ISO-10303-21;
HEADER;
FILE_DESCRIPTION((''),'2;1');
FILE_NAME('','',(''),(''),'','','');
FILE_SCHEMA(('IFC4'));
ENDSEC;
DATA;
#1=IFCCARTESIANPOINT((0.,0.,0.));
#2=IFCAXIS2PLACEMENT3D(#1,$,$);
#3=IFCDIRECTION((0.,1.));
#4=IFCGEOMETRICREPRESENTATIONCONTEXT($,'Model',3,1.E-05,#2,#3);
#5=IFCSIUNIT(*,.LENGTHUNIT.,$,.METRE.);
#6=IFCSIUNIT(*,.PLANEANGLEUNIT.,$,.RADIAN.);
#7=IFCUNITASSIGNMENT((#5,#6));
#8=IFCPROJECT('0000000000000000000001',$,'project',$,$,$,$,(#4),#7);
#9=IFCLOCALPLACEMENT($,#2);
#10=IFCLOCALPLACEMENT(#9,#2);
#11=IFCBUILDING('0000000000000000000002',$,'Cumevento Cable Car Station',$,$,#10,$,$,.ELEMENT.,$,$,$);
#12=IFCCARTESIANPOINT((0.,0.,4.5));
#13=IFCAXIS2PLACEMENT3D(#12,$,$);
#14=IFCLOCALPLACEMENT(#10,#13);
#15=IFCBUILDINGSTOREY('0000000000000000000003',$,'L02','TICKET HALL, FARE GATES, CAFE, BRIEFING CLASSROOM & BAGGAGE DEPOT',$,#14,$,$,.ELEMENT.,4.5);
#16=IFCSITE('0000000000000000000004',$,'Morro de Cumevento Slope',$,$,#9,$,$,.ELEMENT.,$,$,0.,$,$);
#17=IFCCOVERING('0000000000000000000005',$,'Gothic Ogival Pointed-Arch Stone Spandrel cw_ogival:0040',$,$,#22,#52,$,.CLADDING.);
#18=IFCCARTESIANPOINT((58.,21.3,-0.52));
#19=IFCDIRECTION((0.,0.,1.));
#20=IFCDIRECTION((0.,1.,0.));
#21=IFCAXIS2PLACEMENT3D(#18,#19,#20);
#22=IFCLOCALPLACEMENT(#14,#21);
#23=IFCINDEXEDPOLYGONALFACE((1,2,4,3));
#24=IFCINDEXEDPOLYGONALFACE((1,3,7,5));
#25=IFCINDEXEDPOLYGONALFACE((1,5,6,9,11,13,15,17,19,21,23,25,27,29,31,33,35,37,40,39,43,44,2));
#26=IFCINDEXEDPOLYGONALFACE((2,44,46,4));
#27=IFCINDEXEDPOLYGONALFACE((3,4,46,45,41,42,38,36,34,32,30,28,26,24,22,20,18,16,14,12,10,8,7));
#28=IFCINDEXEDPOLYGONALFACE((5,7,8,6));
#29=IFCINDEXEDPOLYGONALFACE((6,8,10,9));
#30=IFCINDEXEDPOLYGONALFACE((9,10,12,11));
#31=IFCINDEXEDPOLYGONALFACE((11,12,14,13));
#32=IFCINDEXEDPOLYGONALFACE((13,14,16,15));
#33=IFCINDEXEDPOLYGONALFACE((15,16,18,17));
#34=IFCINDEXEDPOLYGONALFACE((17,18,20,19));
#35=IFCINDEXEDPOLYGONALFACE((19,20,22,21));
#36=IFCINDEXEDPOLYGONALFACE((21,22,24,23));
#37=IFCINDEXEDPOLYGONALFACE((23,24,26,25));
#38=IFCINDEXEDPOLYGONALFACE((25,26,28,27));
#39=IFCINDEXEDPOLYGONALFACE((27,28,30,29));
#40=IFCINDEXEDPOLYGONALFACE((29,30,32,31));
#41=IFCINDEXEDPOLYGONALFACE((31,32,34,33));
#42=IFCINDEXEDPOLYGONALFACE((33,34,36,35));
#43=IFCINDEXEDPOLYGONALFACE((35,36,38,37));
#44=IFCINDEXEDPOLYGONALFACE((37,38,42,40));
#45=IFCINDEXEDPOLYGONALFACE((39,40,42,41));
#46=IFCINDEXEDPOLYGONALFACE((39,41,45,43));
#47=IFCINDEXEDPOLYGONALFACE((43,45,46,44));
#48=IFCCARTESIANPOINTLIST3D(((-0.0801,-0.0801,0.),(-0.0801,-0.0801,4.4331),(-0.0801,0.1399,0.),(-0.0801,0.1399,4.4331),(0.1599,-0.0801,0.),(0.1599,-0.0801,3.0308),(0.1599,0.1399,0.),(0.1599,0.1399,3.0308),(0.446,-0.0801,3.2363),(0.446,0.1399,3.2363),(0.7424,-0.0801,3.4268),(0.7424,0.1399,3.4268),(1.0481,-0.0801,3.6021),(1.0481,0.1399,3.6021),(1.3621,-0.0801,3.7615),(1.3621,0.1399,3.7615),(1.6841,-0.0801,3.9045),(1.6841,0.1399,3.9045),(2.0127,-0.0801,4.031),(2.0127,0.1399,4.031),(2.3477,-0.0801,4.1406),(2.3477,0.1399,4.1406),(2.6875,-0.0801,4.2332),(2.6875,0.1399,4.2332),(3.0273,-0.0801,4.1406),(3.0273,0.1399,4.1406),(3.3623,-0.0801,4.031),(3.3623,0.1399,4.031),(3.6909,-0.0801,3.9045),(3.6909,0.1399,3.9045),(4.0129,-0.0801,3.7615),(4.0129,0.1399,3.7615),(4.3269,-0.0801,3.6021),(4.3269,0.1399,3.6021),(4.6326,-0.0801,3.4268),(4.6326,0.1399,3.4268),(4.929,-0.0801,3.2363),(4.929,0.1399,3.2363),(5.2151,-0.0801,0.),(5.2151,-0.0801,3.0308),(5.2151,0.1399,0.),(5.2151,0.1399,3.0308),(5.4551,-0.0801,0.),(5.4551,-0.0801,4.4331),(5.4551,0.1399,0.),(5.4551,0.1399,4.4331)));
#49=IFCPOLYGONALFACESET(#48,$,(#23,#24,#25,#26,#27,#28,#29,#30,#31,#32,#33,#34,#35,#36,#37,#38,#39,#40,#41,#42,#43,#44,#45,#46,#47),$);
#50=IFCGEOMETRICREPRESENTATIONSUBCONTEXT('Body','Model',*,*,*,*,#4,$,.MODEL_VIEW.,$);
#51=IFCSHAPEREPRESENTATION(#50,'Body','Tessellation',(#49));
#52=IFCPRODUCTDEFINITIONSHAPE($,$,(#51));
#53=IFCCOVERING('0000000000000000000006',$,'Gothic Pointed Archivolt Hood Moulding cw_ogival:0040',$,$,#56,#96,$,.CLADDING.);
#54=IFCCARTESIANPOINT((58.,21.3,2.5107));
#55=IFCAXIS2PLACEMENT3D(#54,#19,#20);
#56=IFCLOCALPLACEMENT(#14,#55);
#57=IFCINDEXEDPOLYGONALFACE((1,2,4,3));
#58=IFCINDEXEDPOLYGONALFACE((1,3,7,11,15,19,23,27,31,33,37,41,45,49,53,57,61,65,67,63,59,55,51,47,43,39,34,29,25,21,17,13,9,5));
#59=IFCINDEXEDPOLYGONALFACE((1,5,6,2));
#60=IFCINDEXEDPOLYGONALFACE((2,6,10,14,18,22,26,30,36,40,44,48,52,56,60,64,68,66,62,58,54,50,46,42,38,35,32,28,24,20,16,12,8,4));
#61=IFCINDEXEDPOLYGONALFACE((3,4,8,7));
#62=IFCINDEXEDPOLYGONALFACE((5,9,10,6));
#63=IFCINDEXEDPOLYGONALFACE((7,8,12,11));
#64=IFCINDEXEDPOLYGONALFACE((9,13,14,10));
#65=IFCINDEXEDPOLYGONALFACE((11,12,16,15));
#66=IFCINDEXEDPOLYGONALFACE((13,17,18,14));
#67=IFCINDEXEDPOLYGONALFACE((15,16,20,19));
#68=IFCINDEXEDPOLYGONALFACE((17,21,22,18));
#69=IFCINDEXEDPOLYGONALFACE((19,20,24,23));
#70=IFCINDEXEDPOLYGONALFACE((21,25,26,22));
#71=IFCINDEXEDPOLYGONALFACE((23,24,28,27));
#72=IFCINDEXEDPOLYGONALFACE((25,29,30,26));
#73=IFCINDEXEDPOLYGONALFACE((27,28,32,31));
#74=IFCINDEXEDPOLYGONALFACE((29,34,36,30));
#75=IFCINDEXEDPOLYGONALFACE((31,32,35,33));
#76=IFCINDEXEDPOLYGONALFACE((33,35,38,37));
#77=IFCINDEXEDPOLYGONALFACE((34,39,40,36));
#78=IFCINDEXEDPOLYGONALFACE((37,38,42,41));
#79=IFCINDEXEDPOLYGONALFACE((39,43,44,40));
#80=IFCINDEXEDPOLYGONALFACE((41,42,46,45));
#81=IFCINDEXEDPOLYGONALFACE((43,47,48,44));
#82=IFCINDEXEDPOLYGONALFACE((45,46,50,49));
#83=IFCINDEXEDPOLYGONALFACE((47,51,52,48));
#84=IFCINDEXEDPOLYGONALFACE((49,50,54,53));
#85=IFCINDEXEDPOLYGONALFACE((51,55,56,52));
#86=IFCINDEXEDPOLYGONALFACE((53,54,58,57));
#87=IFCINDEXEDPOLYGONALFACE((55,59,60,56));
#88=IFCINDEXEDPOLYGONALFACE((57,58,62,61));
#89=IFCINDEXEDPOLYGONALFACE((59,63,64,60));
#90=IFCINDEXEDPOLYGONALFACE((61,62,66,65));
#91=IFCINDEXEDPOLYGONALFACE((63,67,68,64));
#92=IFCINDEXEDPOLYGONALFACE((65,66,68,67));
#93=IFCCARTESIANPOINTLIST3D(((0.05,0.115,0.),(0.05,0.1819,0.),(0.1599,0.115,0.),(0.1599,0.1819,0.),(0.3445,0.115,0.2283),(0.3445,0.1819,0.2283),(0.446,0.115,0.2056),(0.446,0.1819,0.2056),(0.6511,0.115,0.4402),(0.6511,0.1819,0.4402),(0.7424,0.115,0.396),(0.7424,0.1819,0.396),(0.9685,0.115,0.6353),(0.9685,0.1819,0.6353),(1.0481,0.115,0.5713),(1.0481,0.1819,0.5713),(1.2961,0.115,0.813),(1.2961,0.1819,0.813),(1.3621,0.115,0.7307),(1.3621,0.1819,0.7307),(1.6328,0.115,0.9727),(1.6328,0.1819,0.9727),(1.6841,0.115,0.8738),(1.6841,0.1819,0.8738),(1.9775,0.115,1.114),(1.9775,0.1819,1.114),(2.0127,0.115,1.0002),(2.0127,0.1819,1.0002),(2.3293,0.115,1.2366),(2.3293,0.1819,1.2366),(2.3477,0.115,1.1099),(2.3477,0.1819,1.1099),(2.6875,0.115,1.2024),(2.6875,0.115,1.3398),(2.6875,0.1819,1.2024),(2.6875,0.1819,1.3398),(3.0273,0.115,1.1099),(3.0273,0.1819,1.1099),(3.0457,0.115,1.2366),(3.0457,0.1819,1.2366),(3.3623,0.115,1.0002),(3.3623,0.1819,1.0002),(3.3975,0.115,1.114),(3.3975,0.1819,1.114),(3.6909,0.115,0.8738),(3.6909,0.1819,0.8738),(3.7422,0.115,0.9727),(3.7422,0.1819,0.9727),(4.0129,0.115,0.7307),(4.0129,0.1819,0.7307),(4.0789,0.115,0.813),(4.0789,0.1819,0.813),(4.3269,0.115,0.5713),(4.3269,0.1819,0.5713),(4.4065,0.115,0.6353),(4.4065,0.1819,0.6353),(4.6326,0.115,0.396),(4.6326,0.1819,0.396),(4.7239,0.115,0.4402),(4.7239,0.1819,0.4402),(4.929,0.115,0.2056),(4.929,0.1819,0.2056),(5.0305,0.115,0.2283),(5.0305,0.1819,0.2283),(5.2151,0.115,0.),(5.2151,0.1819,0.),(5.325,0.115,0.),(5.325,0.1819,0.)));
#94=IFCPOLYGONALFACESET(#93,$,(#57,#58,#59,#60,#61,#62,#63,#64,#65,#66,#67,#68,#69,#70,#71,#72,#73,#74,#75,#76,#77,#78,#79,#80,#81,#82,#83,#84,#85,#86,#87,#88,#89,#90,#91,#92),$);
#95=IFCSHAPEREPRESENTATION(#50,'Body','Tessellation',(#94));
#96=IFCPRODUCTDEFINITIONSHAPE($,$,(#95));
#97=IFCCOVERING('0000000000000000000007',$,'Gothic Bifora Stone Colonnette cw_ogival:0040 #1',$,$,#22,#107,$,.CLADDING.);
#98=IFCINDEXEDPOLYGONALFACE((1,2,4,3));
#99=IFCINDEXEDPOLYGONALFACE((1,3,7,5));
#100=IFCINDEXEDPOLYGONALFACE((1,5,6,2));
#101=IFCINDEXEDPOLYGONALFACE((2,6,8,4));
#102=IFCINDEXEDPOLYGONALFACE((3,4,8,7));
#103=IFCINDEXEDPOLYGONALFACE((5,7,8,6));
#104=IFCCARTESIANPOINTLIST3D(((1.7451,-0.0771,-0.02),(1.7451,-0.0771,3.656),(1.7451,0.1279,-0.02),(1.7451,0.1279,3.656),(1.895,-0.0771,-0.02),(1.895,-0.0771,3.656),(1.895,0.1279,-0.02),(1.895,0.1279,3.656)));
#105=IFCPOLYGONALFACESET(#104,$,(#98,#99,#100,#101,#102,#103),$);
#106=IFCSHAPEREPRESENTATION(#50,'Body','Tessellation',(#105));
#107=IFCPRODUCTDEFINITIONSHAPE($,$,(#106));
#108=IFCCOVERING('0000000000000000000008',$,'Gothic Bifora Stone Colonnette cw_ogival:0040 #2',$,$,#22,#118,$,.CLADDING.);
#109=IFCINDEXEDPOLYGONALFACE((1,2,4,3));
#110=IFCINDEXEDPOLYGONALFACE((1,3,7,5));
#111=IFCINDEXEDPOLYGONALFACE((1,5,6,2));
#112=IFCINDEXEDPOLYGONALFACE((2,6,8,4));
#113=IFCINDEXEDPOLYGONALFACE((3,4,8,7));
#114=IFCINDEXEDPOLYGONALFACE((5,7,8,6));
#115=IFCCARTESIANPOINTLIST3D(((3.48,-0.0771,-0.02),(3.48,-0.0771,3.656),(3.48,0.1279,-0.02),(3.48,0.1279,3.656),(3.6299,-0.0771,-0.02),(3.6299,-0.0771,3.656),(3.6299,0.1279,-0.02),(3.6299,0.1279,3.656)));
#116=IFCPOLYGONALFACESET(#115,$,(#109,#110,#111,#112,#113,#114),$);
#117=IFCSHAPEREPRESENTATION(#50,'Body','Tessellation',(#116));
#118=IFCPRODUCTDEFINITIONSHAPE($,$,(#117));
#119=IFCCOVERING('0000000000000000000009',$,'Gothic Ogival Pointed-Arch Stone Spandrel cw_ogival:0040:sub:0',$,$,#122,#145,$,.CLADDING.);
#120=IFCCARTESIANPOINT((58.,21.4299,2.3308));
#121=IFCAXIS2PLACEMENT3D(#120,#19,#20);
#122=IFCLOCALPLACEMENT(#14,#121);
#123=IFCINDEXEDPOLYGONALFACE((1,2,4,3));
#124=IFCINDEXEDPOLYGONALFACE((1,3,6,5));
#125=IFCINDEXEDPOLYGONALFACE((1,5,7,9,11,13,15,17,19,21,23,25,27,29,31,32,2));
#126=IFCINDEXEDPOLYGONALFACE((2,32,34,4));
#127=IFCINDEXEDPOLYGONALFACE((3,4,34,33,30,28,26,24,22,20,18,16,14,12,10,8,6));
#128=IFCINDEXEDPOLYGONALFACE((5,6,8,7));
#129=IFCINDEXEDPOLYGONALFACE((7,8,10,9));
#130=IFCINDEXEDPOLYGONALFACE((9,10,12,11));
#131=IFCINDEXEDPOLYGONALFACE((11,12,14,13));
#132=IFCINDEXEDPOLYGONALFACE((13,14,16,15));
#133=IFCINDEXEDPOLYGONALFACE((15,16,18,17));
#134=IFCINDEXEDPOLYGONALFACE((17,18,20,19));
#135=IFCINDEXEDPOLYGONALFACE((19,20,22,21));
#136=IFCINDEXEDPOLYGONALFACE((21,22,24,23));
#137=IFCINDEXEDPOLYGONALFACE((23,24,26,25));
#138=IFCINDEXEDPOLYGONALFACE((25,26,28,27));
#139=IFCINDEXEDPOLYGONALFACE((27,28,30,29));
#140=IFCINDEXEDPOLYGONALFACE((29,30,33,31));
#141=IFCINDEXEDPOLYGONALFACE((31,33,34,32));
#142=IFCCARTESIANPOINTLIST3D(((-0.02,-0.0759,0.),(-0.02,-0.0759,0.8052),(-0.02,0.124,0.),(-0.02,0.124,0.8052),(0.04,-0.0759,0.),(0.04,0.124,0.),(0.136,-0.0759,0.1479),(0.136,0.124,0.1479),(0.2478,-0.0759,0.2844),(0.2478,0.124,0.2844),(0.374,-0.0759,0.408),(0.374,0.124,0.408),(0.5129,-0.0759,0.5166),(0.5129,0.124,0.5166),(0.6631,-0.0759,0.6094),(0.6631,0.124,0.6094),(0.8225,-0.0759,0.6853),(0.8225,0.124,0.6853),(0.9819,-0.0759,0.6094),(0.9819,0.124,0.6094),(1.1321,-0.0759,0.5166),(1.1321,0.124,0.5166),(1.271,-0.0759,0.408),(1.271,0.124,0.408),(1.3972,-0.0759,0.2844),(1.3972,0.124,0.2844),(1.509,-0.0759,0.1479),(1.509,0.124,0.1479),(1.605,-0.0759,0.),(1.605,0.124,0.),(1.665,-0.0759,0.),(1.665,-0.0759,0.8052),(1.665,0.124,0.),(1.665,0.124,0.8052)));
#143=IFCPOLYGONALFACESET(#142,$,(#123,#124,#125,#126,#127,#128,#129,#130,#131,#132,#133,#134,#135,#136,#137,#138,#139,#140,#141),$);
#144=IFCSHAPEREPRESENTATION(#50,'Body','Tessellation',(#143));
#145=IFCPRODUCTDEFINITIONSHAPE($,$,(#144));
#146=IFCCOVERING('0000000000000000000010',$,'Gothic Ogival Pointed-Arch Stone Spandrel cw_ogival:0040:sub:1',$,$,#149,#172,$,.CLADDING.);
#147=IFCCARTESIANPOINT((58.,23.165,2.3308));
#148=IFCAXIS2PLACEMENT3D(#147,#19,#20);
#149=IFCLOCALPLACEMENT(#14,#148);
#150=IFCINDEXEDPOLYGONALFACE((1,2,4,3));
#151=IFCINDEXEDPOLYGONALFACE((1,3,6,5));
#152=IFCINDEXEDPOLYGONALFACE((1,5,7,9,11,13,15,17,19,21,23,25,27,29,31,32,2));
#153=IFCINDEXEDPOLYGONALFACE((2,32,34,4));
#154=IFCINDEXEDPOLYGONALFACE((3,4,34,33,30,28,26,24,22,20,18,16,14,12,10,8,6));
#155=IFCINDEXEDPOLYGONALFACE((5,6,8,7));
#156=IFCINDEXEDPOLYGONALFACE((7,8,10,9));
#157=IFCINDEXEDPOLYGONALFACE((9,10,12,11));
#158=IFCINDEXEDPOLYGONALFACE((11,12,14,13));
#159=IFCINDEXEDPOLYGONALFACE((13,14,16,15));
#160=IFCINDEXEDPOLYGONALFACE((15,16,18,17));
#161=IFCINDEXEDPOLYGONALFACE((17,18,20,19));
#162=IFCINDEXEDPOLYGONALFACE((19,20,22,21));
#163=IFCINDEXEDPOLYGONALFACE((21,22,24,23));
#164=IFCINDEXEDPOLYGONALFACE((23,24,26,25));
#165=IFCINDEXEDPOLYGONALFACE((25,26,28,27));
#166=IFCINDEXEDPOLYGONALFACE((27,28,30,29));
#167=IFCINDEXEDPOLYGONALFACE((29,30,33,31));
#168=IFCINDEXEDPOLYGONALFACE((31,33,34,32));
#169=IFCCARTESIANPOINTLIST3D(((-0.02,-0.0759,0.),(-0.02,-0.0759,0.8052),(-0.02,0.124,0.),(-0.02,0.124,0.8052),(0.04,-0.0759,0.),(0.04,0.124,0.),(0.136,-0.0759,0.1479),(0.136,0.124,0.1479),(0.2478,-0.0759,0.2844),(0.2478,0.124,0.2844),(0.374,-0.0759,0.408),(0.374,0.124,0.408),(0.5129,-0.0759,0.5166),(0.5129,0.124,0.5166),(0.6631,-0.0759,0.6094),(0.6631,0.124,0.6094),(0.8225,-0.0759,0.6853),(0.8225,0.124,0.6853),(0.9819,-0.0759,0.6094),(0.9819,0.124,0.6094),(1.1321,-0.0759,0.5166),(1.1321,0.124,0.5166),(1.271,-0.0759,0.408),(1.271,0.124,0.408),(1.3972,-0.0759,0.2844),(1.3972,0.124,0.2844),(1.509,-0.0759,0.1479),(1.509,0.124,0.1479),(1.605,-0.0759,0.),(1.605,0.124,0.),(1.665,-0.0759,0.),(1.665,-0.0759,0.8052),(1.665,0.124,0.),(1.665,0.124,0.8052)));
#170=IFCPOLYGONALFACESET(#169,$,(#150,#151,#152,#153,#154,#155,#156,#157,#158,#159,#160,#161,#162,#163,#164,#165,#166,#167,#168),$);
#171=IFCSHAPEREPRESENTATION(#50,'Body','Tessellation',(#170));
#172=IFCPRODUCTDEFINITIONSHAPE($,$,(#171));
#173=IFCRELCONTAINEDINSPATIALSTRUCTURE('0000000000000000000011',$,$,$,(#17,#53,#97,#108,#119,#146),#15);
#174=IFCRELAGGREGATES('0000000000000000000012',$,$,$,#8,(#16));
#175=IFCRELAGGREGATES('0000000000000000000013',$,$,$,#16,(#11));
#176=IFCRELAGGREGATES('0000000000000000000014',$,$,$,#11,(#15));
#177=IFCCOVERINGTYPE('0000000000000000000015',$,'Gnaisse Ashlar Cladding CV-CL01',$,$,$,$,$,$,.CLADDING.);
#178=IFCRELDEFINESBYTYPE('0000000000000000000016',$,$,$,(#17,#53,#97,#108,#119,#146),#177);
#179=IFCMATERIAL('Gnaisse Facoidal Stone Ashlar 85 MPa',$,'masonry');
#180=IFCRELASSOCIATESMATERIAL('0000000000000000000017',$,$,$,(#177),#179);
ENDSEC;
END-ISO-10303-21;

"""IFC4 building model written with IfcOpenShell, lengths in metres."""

from ifc_helpers import new_model, si_unit, direction, frame, origin, place, context, subcontext, project, spatial, polyline, outline, extrude, material, type_object, element, save


model = new_model("IFC4")

# Units and contexts
model_context = context("Model", 3, precision=1e-05, world=origin(), true_north=direction((0.0, 1.0)))
body_context = subcontext(model_context, "Body", "Model", "MODEL_VIEW")
ifc_project = project(units=[si_unit("LENGTHUNIT", "METRE"), si_unit("PLANEANGLEUNIT", "RADIAN")], contexts=[model_context])

# Site, building, storey
site_placement = place(None, origin())
site = spatial("IfcSite", under=ifc_project, at=site_placement, Name="Morro de Cumevento Slope", CompositionType="ELEMENT", RefElevation=0.0)
building_placement = place(site_placement, origin())
building = spatial("IfcBuilding", under=site, at=building_placement, Name="Cumevento Cable Car Station", CompositionType="ELEMENT")
storey_placement = place(building_placement, frame((0.0, 0.0, 4.5)))
storey = spatial("IfcBuildingStorey", under=building, at=storey_placement, Name="L02", Description="TICKET HALL, FARE GATES, CAFE, BRIEFING CLASSROOM & BAGGAGE DEPOT", CompositionType="ELEMENT", Elevation=4.5)

# Coverings
ifc_material_1 = material(Name="Gnaisse Facoidal Stone Ashlar 85 MPa", Category="masonry")
covering_type = type_object("IfcCoveringType", Name="Gnaisse Ashlar Cladding CV-CL01", PredefinedType="CLADDING", material=ifc_material_1)
placement = place(storey_placement, frame((58.0, 21.3, -0.52), z_axis=(0.0, 0.0, 1.0), x_axis=(0.0, 1.0, 0.0)))
element("IfcCovering", 1, at=placement, inside=storey, type_object=covering_type, Name="Gothic Ogival Pointed-Arch Stone Spandrel cw_ogival:0040", PredefinedType="CLADDING", context=body_context, shape_type="SweptSolid", body=[
    extrude(outline(polyline([(-0.0801, 0.0), (-0.0801, 4.4331), (5.4551, 4.4331), (5.4551, 0.0), (5.2151, 0.0), (5.2151, 3.0308), (4.929, 3.2363), (4.6326, 3.4268), (4.3269, 3.6021), (4.0129, 3.7615), (3.6909, 3.9045), (3.3623, 4.031), (3.0273, 4.1406), (2.6875, 4.2332), (2.3477, 4.1406), (2.0127, 4.031), (1.6841, 3.9045), (1.3621, 3.7615), (1.0481, 3.6021), (0.7424, 3.4268), (0.446, 3.2363), (0.1599, 3.0308), (0.1599, 0.0), (-0.0801, 0.0)])), frame((0.0, 0.1399, 0.0), z_axis=(0.0, -1.0, 0.0), x_axis=(1.0, 0.0, 0.0)), (0.0, 0.0, 1.0), 0.22),
])
covering_1_placement = place(storey_placement, frame((58.0, 21.3, 2.5107), z_axis=(0.0, 0.0, 1.0), x_axis=(0.0, 1.0, 0.0)))
element("IfcCovering", 2, at=covering_1_placement, inside=storey, type_object=covering_type, Name="Gothic Pointed Archivolt Hood Moulding cw_ogival:0040", PredefinedType="CLADDING", context=body_context, shape_type="SweptSolid", body=[
    extrude(outline(polyline([(0.1599, 0.0), (0.446, 0.2056), (0.7424, 0.396), (1.0481, 0.5713), (1.3621, 0.7307), (1.6841, 0.8738), (2.0127, 1.0002), (2.3477, 1.1099), (2.6875, 1.2024), (3.0273, 1.1099), (3.3623, 1.0002), (3.6909, 0.8738), (4.0129, 0.7307), (4.3269, 0.5713), (4.6326, 0.396), (4.929, 0.2056), (5.2151, 0.0), (5.325, 0.0), (5.0305, 0.2283), (4.7239, 0.4402), (4.4065, 0.6353), (4.0789, 0.813), (3.7422, 0.9727), (3.3975, 1.114), (3.0457, 1.2366), (2.6875, 1.3398), (2.3293, 1.2366), (1.9775, 1.114), (1.6328, 0.9727), (1.2961, 0.813), (0.9685, 0.6353), (0.6511, 0.4402), (0.3445, 0.2283), (0.05, 0.0), (0.1599, 0.0)])), frame((0.0, 0.1819, 0.0), z_axis=(0.0, -1.0, 0.0), x_axis=(1.0, 0.0, 0.0)), (0.0, 0.0, 1.0), 0.0669),
])
element("IfcCovering", 3, at=placement, inside=storey, type_object=covering_type, Name="Gothic Bifora Stone Colonnette cw_ogival:0040 #1", PredefinedType="CLADDING", context=body_context, shape_type="SweptSolid", body=[
    extrude(outline(polyline([(1.7451, -0.02), (1.895, -0.02), (1.895, 3.656), (1.7451, 3.656), (1.7451, -0.02)])), frame((0.0, 0.1279, 0.0), z_axis=(0.0, -1.0, 0.0), x_axis=(1.0, 0.0, 0.0)), (0.0, 0.0, 1.0), 0.2051),
])
element("IfcCovering", 4, at=placement, inside=storey, type_object=covering_type, Name="Gothic Bifora Stone Colonnette cw_ogival:0040 #2", PredefinedType="CLADDING", context=body_context, shape_type="SweptSolid", body=[
    extrude(outline(polyline([(3.48, -0.02), (3.6299, -0.02), (3.6299, 3.656), (3.48, 3.656), (3.48, -0.02)])), frame((0.0, 0.1279, 0.0), z_axis=(0.0, -1.0, 0.0), x_axis=(1.0, 0.0, 0.0)), (0.0, 0.0, 1.0), 0.2051),
])
for number, where, z_axis, x_axis, name in (
    (5, (58.0, 21.4299, 2.3308), (0.0, 0.0, 1.0), (0.0, 1.0, 0.0), "Gothic Ogival Pointed-Arch Stone Spandrel cw_ogival:0040:sub:0"),
    (6, (58.0, 23.165, 2.3308), (0.0, 0.0, 1.0), (0.0, 1.0, 0.0), "Gothic Ogival Pointed-Arch Stone Spandrel cw_ogival:0040:sub:1"),
):
    element("IfcCovering", number, at=place(storey_placement, frame(where, z_axis=z_axis, x_axis=x_axis)), inside=storey, type_object=covering_type, Name=name, PredefinedType="CLADDING", context=body_context, shape_type="SweptSolid", body=[
        extrude(outline(polyline([(-0.02, 0.0), (-0.02, 0.8052), (1.665, 0.8052), (1.665, 0.0), (1.605, 0.0), (1.509, 0.1479), (1.3972, 0.2844), (1.271, 0.408), (1.1321, 0.5166), (0.9819, 0.6094), (0.8225, 0.6853), (0.6631, 0.6094), (0.5129, 0.5166), (0.374, 0.408), (0.2478, 0.2844), (0.136, 0.1479), (0.04, 0.0), (-0.02, 0.0)])), frame((0.0, 0.124, 0.0), z_axis=(0.0, -1.0, 0.0), x_axis=(1.0, 0.0, 0.0)), (0.0, 0.0, 1.0), 0.2),
    ])

save(model, "model.ifc")
